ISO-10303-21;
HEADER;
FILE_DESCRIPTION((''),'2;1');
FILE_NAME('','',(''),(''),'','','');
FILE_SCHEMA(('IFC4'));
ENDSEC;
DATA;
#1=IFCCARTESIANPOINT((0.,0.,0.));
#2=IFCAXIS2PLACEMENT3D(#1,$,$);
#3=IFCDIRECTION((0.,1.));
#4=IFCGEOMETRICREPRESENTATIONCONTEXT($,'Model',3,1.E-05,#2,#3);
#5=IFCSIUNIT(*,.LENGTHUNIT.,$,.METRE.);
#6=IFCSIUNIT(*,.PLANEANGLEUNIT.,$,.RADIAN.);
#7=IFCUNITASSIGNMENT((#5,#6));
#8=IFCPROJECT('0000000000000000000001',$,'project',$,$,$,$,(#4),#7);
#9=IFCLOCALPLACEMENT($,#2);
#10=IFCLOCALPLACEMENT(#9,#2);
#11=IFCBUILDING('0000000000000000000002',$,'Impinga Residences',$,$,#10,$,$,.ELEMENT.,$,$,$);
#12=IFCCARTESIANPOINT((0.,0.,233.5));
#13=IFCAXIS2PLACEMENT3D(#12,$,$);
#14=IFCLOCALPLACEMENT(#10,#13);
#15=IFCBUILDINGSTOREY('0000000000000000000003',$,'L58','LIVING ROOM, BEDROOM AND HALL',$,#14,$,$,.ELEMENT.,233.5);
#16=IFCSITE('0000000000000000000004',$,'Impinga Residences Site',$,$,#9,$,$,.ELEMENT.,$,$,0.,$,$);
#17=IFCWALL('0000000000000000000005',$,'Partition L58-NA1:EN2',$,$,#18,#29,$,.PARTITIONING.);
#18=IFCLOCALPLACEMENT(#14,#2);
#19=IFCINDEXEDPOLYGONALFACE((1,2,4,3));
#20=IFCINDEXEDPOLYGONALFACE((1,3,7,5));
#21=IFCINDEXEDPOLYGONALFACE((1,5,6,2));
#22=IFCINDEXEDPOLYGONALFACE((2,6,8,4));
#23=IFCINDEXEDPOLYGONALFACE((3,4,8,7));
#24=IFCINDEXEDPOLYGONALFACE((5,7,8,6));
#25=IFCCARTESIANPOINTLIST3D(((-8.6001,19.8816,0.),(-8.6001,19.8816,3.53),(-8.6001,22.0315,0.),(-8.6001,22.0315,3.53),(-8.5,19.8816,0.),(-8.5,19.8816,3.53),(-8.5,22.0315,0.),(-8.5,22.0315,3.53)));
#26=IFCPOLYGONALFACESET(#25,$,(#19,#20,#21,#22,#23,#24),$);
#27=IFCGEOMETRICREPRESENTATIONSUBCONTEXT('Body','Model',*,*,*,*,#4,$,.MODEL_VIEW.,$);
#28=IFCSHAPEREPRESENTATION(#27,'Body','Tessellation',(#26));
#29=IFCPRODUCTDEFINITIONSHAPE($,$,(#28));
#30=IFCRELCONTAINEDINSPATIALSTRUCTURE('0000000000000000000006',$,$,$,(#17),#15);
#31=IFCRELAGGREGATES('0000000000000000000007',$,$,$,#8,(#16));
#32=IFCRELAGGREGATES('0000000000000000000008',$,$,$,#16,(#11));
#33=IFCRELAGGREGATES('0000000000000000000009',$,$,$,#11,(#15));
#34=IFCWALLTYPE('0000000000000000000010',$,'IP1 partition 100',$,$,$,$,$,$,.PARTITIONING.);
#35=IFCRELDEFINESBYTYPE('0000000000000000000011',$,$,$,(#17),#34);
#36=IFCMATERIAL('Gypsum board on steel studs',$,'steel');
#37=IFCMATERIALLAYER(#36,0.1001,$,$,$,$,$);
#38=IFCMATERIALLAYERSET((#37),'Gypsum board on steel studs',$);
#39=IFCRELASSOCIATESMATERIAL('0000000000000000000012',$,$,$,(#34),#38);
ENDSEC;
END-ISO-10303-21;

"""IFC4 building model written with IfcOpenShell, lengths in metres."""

from ifc_helpers import new_model, si_unit, direction, frame, frame_2d, origin, place, context, subcontext, project, spatial, rectangle, extrude, material, layer, layer_set, type_object, element, save


model = new_model("IFC4")

# Units and contexts
model_context = context("Model", 3, precision=1e-05, world=origin(), true_north=direction((0.0, 1.0)))
body_context = subcontext(model_context, "Body", "Model", "MODEL_VIEW")
ifc_project = project(units=[si_unit("LENGTHUNIT", "METRE"), si_unit("PLANEANGLEUNIT", "RADIAN")], contexts=[model_context])

# Site, building, storey
site_placement = place(None, origin())
site = spatial("IfcSite", under=ifc_project, at=site_placement, Name="Impinga Residences Site", CompositionType="ELEMENT", RefElevation=0.0)
building_placement = place(site_placement, origin())
building = spatial("IfcBuilding", under=site, at=building_placement, Name="Impinga Residences", CompositionType="ELEMENT")
storey_placement = place(building_placement, frame((0.0, 0.0, 233.5)))
storey = spatial("IfcBuildingStorey", under=building, at=storey_placement, Name="L58", Description="LIVING ROOM, BEDROOM AND HALL", CompositionType="ELEMENT", Elevation=233.5)

# Shared definitions
ifc_material_1 = material(Name="Gypsum board on steel studs", Category="steel")
ifc_layer_1 = layer(ifc_material_1, 0.1001)
ifc_layer_set_1 = layer_set([ifc_layer_1], Name="Gypsum board on steel studs")
wall_type_1 = type_object("IfcWallType", Name="IP1 partition 100", PredefinedType="PARTITIONING", material=ifc_layer_set_1)

# Wall
wall_1_placement = place(storey_placement, frame((-8.55, 19.8816, 0.0), z_axis=(0.0, 0.0, 1.0), x_axis=(0.0, 1.0, 0.0)))
element("IfcWall", 1, at=wall_1_placement, inside=storey, type_object=wall_type_1, Name="Partition L58-NA1:EN2", PredefinedType="PARTITIONING", context=body_context, shape_type="SweptSolid", body=[
    extrude(rectangle(XDim=2.1499, YDim=0.1001, at=frame_2d((1.075, 0.0))), origin(), (0.0, 0.0, 1.0), 3.53),
])

save(model, "model.ifc")
